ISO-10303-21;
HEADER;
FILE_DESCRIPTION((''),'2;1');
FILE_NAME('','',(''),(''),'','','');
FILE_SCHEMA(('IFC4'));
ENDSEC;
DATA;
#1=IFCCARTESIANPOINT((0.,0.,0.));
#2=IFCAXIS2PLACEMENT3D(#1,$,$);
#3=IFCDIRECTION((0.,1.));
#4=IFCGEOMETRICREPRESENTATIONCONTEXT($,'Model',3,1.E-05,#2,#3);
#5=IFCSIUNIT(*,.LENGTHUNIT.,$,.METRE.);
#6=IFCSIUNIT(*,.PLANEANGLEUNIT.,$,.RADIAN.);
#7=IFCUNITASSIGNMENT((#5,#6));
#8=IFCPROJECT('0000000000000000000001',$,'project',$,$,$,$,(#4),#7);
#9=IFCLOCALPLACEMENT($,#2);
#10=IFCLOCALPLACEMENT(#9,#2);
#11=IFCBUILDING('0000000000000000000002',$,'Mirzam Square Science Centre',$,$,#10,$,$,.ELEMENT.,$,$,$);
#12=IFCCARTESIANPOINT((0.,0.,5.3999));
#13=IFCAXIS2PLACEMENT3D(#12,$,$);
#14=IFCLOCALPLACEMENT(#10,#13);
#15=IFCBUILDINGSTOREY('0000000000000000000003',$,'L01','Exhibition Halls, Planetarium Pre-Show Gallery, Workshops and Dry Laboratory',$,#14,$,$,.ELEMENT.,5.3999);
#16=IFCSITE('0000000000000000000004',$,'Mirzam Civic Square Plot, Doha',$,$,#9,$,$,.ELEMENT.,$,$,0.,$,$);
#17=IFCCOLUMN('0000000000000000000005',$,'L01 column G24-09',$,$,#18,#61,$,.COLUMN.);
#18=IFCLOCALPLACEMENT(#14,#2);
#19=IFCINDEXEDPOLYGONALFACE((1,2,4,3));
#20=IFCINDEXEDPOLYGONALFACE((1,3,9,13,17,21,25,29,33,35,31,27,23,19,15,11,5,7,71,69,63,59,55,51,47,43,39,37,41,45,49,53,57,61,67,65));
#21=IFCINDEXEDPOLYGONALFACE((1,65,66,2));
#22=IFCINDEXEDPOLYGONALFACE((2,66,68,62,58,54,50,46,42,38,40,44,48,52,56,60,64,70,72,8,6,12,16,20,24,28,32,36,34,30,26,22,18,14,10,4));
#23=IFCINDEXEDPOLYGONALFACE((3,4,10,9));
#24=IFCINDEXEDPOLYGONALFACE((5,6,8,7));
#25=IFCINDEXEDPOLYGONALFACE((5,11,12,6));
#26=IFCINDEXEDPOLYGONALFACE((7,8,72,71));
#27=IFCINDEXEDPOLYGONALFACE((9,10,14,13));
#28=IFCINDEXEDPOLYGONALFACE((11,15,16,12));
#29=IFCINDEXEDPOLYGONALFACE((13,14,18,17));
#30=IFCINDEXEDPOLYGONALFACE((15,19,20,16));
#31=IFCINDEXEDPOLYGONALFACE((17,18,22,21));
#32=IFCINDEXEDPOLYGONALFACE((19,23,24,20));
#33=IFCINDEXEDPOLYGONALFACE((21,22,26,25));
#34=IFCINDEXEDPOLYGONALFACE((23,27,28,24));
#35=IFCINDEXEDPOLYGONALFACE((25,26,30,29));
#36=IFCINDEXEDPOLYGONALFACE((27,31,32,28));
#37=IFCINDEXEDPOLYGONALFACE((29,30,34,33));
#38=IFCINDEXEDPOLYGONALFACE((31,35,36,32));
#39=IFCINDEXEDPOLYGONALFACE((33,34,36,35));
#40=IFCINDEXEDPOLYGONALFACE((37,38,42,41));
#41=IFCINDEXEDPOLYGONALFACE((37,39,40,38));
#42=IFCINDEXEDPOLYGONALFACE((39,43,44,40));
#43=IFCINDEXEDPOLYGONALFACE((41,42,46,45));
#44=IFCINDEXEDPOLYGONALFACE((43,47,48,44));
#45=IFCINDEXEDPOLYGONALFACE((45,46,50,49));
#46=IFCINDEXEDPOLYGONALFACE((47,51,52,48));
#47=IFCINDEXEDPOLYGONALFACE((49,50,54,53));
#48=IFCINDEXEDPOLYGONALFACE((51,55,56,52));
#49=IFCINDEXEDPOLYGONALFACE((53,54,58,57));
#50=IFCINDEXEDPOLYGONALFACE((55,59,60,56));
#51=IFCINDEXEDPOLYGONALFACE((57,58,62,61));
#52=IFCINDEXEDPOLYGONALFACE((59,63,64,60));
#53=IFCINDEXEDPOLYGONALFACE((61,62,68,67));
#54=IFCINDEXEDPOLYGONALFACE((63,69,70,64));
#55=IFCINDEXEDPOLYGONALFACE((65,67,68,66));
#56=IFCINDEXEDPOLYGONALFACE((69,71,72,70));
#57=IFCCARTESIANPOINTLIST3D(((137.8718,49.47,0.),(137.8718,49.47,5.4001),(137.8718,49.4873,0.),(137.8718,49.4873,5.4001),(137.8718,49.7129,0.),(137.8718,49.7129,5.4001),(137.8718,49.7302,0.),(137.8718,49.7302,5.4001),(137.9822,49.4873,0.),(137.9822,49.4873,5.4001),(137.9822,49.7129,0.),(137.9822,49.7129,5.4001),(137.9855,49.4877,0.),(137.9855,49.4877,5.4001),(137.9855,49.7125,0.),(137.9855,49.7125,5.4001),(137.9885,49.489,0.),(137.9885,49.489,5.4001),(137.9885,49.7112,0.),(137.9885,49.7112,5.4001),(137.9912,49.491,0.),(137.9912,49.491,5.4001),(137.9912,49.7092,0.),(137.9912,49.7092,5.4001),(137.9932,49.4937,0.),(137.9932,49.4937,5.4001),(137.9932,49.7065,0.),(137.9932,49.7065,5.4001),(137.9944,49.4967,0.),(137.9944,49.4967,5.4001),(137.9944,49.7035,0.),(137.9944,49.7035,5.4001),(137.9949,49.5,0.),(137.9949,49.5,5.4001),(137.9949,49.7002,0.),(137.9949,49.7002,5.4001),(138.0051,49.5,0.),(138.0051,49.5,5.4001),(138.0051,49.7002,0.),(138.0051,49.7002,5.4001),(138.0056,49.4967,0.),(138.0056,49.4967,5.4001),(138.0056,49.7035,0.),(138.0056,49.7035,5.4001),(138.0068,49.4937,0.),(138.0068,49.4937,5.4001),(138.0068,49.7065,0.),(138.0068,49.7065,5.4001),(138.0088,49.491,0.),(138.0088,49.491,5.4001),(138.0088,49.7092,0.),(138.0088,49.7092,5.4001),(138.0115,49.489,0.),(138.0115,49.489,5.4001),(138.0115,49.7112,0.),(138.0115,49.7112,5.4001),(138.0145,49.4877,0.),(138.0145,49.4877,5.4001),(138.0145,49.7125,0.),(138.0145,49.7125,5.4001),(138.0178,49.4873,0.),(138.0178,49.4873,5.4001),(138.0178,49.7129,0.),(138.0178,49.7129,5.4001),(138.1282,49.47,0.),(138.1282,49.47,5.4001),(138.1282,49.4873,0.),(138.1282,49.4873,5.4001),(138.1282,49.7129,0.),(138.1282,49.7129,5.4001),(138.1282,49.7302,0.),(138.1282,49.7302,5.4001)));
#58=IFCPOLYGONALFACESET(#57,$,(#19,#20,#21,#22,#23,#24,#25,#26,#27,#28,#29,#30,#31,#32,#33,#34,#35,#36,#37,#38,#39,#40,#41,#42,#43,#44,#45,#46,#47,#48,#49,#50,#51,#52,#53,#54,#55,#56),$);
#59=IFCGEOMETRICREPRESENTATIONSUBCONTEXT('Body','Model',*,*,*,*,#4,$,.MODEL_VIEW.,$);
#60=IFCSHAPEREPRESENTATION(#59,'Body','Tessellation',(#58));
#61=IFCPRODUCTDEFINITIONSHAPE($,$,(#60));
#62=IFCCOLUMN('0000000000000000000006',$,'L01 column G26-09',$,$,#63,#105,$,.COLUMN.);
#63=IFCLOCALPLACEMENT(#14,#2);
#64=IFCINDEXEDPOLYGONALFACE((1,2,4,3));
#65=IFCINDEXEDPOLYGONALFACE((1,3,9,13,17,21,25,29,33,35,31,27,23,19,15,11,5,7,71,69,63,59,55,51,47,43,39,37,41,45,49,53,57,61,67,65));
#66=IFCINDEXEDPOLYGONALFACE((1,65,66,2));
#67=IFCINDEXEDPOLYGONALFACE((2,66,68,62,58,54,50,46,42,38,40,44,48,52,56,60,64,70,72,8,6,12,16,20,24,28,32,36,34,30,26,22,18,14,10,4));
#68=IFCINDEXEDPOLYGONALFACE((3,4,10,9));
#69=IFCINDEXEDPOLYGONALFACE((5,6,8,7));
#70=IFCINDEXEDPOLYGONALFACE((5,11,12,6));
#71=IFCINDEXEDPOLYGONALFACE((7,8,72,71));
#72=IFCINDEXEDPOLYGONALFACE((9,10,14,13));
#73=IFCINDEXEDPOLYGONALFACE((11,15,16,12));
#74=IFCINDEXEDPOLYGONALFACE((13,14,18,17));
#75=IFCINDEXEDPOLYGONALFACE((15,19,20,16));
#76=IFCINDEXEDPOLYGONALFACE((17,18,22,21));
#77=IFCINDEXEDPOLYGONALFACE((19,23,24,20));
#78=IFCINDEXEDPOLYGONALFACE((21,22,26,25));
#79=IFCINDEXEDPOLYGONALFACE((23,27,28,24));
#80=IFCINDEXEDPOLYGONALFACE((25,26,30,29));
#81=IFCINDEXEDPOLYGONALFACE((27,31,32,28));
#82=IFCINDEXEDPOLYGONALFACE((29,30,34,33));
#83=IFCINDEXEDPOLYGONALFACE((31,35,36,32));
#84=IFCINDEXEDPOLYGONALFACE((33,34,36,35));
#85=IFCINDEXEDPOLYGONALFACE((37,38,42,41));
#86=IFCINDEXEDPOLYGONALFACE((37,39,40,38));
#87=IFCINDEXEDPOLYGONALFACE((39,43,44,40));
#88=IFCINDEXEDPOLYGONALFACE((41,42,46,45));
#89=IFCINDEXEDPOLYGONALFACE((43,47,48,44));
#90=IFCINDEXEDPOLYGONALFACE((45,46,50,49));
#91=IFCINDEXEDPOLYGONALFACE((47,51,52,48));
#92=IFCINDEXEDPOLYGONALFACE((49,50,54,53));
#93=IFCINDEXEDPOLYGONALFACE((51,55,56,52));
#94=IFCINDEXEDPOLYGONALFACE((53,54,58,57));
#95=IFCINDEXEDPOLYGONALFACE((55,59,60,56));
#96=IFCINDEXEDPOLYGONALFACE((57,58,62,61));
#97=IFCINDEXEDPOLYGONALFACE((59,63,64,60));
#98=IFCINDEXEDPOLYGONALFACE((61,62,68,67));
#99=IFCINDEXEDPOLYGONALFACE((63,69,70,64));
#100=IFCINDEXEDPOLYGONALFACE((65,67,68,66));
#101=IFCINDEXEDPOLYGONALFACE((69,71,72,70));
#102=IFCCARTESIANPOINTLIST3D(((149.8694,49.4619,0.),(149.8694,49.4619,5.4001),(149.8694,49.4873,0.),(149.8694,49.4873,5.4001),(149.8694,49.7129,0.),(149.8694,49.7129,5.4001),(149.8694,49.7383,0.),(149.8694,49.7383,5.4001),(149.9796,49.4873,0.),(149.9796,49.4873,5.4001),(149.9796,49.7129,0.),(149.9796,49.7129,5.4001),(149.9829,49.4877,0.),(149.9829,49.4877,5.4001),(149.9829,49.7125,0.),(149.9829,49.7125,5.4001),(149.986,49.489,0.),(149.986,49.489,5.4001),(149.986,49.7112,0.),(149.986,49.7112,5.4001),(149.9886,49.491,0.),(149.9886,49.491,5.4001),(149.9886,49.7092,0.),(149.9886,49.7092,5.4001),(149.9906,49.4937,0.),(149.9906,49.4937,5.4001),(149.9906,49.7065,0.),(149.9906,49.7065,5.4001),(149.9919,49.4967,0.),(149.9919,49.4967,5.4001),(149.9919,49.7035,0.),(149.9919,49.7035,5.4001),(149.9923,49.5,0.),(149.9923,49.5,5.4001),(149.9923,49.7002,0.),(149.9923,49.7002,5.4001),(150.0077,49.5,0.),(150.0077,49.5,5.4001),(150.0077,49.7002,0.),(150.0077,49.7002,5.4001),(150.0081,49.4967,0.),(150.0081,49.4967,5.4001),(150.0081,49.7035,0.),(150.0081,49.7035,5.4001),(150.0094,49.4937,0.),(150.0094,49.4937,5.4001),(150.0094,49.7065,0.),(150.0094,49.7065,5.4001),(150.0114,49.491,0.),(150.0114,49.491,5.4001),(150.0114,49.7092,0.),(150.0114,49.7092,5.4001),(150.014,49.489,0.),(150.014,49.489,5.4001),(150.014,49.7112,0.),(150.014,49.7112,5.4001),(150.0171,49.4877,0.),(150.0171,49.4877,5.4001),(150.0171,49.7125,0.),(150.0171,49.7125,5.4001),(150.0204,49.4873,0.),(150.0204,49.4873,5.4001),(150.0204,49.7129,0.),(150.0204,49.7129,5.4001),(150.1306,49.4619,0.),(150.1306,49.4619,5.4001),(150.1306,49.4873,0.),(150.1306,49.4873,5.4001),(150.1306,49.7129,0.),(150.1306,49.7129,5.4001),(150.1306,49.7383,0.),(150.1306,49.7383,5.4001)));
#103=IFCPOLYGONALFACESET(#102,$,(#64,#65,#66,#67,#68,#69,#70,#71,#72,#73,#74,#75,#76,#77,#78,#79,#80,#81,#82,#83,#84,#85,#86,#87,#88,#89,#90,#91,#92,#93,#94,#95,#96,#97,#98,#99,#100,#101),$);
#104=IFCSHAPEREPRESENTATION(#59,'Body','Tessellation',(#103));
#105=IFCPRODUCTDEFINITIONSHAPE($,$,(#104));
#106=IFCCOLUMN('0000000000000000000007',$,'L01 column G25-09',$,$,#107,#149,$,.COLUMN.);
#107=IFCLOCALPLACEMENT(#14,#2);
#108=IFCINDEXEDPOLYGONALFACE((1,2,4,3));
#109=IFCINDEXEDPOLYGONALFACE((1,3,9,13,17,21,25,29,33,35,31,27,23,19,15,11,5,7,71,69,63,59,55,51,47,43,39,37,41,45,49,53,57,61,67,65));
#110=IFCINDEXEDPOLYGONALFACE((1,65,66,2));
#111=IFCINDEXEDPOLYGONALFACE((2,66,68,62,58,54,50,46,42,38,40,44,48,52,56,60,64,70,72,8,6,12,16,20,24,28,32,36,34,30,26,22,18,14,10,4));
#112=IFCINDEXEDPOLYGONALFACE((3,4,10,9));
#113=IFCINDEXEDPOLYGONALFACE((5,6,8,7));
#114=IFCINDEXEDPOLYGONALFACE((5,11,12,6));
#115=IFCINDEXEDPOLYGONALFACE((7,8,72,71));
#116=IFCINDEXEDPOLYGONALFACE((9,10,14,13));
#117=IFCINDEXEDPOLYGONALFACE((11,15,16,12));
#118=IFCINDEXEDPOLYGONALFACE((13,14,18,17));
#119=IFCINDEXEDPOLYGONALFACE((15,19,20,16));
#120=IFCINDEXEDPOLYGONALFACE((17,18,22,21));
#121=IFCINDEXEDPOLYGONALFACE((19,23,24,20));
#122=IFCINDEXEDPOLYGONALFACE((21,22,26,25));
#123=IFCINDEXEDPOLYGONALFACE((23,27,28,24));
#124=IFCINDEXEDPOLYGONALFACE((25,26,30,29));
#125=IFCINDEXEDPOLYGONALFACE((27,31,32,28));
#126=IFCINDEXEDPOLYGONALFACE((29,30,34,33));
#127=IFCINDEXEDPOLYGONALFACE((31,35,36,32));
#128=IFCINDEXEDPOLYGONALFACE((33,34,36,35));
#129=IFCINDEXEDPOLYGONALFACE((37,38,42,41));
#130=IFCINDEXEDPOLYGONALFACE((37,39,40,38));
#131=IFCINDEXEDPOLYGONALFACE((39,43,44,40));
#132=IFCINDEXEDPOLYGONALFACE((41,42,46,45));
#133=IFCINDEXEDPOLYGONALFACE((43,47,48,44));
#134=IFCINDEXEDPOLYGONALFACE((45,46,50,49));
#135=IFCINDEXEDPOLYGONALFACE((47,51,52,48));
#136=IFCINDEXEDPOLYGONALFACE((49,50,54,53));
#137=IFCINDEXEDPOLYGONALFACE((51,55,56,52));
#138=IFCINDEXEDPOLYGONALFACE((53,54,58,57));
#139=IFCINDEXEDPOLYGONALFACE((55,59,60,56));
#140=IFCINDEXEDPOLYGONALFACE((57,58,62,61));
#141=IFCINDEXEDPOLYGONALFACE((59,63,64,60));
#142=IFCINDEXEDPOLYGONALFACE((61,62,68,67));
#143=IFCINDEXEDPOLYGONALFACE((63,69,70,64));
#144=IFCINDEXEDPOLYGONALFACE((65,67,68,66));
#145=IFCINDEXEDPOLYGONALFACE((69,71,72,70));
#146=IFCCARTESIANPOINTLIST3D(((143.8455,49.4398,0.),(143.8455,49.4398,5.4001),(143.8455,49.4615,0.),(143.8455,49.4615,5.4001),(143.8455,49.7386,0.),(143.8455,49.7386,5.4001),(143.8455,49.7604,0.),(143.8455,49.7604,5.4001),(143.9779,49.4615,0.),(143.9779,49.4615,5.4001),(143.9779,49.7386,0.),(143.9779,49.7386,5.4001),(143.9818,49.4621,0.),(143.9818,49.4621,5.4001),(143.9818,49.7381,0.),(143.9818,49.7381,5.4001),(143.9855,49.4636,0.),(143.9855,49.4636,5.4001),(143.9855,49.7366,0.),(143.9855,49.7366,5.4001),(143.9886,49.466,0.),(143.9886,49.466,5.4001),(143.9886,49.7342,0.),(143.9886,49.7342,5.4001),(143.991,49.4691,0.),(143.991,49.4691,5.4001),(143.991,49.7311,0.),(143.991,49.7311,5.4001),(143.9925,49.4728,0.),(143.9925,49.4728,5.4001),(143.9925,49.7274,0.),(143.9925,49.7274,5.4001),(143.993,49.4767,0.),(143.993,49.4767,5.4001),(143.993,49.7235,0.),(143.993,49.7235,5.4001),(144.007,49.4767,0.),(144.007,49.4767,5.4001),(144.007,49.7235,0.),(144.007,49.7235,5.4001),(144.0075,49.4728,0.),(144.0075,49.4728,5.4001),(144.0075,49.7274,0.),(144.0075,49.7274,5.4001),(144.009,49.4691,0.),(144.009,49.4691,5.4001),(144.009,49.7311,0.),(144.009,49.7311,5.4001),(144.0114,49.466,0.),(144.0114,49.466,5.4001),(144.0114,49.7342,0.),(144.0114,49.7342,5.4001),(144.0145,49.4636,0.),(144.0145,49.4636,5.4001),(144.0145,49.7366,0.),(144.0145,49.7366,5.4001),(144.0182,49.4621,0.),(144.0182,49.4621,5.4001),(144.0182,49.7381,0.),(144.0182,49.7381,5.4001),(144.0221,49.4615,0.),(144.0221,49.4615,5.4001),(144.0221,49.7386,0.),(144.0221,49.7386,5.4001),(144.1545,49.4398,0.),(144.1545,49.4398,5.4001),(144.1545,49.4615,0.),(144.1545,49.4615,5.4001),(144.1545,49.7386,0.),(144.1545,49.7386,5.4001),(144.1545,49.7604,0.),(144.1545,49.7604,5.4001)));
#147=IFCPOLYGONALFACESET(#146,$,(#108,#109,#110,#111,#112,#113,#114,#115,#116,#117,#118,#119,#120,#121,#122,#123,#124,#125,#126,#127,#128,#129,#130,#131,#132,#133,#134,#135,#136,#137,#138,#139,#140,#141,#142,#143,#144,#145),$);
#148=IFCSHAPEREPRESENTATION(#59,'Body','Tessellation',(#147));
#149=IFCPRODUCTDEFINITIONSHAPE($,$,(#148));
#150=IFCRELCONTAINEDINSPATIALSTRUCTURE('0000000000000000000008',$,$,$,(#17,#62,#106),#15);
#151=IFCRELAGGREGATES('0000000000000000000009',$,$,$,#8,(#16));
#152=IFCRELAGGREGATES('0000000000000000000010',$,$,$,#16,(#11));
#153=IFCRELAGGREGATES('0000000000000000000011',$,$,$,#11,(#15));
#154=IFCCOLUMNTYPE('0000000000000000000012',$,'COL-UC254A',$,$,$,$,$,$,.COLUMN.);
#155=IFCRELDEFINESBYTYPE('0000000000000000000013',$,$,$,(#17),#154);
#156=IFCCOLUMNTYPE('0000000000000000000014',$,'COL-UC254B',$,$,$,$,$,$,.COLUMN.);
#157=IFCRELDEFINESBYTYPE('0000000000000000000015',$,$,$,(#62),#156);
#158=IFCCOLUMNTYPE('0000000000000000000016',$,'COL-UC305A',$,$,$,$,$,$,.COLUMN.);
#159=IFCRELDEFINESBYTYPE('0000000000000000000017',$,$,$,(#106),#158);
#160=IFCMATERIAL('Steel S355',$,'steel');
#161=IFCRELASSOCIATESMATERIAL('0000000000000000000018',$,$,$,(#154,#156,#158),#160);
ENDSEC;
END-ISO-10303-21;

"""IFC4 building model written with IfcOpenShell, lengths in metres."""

from ifc_helpers import new_model, si_unit, direction, frame, origin, origin_2d, place, context, subcontext, project, spatial, i_section, extrude, material, material_profile, profile_set, type_object, element, save


model = new_model("IFC4")

# Units and contexts
model_context = context("Model", 3, precision=1e-05, world=origin(), true_north=direction((0.0, 1.0)))
body_context = subcontext(model_context, "Body", "Model", "MODEL_VIEW")
ifc_project = project(units=[si_unit("LENGTHUNIT", "METRE"), si_unit("PLANEANGLEUNIT", "RADIAN")], contexts=[model_context])

# Site, building, storey
site_placement = place(None, origin())
site = spatial("IfcSite", under=ifc_project, at=site_placement, Name="Mirzam Civic Square Plot, Doha", CompositionType="ELEMENT", RefElevation=0.0)
building_placement = place(site_placement, origin())
building = spatial("IfcBuilding", under=site, at=building_placement, Name="Mirzam Square Science Centre", CompositionType="ELEMENT")
storey_placement = place(building_placement, frame((0.0, 0.0, 5.3999)))
storey = spatial("IfcBuildingStorey", under=building, at=storey_placement, Name="L01", Description="Exhibition Halls, Planetarium Pre-Show Gallery, Workshops and Dry Laboratory", CompositionType="ELEMENT", Elevation=5.3999)

# Columns
ifc_material_1 = material(Name="Steel S355", Category="steel")
ifc_material_profile_1 = material_profile(ifc_material_1, i_section(OverallWidth=0.2563, OverallDepth=0.2603, WebThickness=0.0103, FlangeThickness=0.0173, FilletRadius=0.0127, at=origin_2d()), Name="254x254x89UC")
ifc_profile_set_1 = profile_set([ifc_material_profile_1], Name="Steel S355")
column_type_1 = type_object("IfcColumnType", Name="COL-UC254A", PredefinedType="COLUMN", material=ifc_profile_set_1)
column_1_placement = place(storey_placement, frame((138.0, 49.6001, 0.0), z_axis=(0.0, 0.0, 1.0), x_axis=(1.0, 0.0, 0.0)))
element("IfcColumn", 1, at=column_1_placement, inside=storey, type_object=column_type_1, Name="L01 column G24-09", PredefinedType="COLUMN", context=body_context, shape_type="SweptSolid", body=[
    extrude(i_section(OverallWidth=0.2563, OverallDepth=0.2603, WebThickness=0.0103, FlangeThickness=0.0173, FilletRadius=0.0127, at=origin_2d()), origin(), (0.0, 0.0, 1.0), 5.4001),
])
ifc_material_profile_2 = material_profile(ifc_material_1, i_section(OverallWidth=0.2612, OverallDepth=0.2764, WebThickness=0.0154, FlangeThickness=0.0254, FilletRadius=0.0127, at=origin_2d()), Name="254x254x132UC")
ifc_profile_set_2 = profile_set([ifc_material_profile_2], Name="Steel S355")
column_type_2 = type_object("IfcColumnType", Name="COL-UC254B", PredefinedType="COLUMN", material=ifc_profile_set_2)
column_2_placement = place(storey_placement, frame((150.0, 49.6001, 0.0), z_axis=(0.0, 0.0, 1.0), x_axis=(1.0, 0.0, 0.0)))
element("IfcColumn", 2, at=column_2_placement, inside=storey, type_object=column_type_2, Name="L01 column G26-09", PredefinedType="COLUMN", context=body_context, shape_type="SweptSolid", body=[
    extrude(i_section(OverallWidth=0.2612, OverallDepth=0.2764, WebThickness=0.0154, FlangeThickness=0.0254, FilletRadius=0.0127, at=origin_2d()), origin(), (0.0, 0.0, 1.0), 5.4001),
])
ifc_material_profile_3 = material_profile(ifc_material_1, i_section(OverallWidth=0.3091, OverallDepth=0.3206, WebThickness=0.0139, FlangeThickness=0.0217, FilletRadius=0.0151, at=origin_2d()), Name="305x305x137UC")
ifc_profile_set_3 = profile_set([ifc_material_profile_3], Name="Steel S355")
column_type_3 = type_object("IfcColumnType", Name="COL-UC305A", PredefinedType="COLUMN", material=ifc_profile_set_3)
column_3_placement = place(storey_placement, frame((144.0, 49.6001, 0.0), z_axis=(0.0, 0.0, 1.0), x_axis=(1.0, 0.0, 0.0)))
element("IfcColumn", 3, at=column_3_placement, inside=storey, type_object=column_type_3, Name="L01 column G25-09", PredefinedType="COLUMN", context=body_context, shape_type="SweptSolid", body=[
    extrude(i_section(OverallWidth=0.3091, OverallDepth=0.3206, WebThickness=0.0139, FlangeThickness=0.0217, FilletRadius=0.0151, at=origin_2d()), origin(), (0.0, 0.0, 1.0), 5.4001),
])

save(model, "model.ifc")
